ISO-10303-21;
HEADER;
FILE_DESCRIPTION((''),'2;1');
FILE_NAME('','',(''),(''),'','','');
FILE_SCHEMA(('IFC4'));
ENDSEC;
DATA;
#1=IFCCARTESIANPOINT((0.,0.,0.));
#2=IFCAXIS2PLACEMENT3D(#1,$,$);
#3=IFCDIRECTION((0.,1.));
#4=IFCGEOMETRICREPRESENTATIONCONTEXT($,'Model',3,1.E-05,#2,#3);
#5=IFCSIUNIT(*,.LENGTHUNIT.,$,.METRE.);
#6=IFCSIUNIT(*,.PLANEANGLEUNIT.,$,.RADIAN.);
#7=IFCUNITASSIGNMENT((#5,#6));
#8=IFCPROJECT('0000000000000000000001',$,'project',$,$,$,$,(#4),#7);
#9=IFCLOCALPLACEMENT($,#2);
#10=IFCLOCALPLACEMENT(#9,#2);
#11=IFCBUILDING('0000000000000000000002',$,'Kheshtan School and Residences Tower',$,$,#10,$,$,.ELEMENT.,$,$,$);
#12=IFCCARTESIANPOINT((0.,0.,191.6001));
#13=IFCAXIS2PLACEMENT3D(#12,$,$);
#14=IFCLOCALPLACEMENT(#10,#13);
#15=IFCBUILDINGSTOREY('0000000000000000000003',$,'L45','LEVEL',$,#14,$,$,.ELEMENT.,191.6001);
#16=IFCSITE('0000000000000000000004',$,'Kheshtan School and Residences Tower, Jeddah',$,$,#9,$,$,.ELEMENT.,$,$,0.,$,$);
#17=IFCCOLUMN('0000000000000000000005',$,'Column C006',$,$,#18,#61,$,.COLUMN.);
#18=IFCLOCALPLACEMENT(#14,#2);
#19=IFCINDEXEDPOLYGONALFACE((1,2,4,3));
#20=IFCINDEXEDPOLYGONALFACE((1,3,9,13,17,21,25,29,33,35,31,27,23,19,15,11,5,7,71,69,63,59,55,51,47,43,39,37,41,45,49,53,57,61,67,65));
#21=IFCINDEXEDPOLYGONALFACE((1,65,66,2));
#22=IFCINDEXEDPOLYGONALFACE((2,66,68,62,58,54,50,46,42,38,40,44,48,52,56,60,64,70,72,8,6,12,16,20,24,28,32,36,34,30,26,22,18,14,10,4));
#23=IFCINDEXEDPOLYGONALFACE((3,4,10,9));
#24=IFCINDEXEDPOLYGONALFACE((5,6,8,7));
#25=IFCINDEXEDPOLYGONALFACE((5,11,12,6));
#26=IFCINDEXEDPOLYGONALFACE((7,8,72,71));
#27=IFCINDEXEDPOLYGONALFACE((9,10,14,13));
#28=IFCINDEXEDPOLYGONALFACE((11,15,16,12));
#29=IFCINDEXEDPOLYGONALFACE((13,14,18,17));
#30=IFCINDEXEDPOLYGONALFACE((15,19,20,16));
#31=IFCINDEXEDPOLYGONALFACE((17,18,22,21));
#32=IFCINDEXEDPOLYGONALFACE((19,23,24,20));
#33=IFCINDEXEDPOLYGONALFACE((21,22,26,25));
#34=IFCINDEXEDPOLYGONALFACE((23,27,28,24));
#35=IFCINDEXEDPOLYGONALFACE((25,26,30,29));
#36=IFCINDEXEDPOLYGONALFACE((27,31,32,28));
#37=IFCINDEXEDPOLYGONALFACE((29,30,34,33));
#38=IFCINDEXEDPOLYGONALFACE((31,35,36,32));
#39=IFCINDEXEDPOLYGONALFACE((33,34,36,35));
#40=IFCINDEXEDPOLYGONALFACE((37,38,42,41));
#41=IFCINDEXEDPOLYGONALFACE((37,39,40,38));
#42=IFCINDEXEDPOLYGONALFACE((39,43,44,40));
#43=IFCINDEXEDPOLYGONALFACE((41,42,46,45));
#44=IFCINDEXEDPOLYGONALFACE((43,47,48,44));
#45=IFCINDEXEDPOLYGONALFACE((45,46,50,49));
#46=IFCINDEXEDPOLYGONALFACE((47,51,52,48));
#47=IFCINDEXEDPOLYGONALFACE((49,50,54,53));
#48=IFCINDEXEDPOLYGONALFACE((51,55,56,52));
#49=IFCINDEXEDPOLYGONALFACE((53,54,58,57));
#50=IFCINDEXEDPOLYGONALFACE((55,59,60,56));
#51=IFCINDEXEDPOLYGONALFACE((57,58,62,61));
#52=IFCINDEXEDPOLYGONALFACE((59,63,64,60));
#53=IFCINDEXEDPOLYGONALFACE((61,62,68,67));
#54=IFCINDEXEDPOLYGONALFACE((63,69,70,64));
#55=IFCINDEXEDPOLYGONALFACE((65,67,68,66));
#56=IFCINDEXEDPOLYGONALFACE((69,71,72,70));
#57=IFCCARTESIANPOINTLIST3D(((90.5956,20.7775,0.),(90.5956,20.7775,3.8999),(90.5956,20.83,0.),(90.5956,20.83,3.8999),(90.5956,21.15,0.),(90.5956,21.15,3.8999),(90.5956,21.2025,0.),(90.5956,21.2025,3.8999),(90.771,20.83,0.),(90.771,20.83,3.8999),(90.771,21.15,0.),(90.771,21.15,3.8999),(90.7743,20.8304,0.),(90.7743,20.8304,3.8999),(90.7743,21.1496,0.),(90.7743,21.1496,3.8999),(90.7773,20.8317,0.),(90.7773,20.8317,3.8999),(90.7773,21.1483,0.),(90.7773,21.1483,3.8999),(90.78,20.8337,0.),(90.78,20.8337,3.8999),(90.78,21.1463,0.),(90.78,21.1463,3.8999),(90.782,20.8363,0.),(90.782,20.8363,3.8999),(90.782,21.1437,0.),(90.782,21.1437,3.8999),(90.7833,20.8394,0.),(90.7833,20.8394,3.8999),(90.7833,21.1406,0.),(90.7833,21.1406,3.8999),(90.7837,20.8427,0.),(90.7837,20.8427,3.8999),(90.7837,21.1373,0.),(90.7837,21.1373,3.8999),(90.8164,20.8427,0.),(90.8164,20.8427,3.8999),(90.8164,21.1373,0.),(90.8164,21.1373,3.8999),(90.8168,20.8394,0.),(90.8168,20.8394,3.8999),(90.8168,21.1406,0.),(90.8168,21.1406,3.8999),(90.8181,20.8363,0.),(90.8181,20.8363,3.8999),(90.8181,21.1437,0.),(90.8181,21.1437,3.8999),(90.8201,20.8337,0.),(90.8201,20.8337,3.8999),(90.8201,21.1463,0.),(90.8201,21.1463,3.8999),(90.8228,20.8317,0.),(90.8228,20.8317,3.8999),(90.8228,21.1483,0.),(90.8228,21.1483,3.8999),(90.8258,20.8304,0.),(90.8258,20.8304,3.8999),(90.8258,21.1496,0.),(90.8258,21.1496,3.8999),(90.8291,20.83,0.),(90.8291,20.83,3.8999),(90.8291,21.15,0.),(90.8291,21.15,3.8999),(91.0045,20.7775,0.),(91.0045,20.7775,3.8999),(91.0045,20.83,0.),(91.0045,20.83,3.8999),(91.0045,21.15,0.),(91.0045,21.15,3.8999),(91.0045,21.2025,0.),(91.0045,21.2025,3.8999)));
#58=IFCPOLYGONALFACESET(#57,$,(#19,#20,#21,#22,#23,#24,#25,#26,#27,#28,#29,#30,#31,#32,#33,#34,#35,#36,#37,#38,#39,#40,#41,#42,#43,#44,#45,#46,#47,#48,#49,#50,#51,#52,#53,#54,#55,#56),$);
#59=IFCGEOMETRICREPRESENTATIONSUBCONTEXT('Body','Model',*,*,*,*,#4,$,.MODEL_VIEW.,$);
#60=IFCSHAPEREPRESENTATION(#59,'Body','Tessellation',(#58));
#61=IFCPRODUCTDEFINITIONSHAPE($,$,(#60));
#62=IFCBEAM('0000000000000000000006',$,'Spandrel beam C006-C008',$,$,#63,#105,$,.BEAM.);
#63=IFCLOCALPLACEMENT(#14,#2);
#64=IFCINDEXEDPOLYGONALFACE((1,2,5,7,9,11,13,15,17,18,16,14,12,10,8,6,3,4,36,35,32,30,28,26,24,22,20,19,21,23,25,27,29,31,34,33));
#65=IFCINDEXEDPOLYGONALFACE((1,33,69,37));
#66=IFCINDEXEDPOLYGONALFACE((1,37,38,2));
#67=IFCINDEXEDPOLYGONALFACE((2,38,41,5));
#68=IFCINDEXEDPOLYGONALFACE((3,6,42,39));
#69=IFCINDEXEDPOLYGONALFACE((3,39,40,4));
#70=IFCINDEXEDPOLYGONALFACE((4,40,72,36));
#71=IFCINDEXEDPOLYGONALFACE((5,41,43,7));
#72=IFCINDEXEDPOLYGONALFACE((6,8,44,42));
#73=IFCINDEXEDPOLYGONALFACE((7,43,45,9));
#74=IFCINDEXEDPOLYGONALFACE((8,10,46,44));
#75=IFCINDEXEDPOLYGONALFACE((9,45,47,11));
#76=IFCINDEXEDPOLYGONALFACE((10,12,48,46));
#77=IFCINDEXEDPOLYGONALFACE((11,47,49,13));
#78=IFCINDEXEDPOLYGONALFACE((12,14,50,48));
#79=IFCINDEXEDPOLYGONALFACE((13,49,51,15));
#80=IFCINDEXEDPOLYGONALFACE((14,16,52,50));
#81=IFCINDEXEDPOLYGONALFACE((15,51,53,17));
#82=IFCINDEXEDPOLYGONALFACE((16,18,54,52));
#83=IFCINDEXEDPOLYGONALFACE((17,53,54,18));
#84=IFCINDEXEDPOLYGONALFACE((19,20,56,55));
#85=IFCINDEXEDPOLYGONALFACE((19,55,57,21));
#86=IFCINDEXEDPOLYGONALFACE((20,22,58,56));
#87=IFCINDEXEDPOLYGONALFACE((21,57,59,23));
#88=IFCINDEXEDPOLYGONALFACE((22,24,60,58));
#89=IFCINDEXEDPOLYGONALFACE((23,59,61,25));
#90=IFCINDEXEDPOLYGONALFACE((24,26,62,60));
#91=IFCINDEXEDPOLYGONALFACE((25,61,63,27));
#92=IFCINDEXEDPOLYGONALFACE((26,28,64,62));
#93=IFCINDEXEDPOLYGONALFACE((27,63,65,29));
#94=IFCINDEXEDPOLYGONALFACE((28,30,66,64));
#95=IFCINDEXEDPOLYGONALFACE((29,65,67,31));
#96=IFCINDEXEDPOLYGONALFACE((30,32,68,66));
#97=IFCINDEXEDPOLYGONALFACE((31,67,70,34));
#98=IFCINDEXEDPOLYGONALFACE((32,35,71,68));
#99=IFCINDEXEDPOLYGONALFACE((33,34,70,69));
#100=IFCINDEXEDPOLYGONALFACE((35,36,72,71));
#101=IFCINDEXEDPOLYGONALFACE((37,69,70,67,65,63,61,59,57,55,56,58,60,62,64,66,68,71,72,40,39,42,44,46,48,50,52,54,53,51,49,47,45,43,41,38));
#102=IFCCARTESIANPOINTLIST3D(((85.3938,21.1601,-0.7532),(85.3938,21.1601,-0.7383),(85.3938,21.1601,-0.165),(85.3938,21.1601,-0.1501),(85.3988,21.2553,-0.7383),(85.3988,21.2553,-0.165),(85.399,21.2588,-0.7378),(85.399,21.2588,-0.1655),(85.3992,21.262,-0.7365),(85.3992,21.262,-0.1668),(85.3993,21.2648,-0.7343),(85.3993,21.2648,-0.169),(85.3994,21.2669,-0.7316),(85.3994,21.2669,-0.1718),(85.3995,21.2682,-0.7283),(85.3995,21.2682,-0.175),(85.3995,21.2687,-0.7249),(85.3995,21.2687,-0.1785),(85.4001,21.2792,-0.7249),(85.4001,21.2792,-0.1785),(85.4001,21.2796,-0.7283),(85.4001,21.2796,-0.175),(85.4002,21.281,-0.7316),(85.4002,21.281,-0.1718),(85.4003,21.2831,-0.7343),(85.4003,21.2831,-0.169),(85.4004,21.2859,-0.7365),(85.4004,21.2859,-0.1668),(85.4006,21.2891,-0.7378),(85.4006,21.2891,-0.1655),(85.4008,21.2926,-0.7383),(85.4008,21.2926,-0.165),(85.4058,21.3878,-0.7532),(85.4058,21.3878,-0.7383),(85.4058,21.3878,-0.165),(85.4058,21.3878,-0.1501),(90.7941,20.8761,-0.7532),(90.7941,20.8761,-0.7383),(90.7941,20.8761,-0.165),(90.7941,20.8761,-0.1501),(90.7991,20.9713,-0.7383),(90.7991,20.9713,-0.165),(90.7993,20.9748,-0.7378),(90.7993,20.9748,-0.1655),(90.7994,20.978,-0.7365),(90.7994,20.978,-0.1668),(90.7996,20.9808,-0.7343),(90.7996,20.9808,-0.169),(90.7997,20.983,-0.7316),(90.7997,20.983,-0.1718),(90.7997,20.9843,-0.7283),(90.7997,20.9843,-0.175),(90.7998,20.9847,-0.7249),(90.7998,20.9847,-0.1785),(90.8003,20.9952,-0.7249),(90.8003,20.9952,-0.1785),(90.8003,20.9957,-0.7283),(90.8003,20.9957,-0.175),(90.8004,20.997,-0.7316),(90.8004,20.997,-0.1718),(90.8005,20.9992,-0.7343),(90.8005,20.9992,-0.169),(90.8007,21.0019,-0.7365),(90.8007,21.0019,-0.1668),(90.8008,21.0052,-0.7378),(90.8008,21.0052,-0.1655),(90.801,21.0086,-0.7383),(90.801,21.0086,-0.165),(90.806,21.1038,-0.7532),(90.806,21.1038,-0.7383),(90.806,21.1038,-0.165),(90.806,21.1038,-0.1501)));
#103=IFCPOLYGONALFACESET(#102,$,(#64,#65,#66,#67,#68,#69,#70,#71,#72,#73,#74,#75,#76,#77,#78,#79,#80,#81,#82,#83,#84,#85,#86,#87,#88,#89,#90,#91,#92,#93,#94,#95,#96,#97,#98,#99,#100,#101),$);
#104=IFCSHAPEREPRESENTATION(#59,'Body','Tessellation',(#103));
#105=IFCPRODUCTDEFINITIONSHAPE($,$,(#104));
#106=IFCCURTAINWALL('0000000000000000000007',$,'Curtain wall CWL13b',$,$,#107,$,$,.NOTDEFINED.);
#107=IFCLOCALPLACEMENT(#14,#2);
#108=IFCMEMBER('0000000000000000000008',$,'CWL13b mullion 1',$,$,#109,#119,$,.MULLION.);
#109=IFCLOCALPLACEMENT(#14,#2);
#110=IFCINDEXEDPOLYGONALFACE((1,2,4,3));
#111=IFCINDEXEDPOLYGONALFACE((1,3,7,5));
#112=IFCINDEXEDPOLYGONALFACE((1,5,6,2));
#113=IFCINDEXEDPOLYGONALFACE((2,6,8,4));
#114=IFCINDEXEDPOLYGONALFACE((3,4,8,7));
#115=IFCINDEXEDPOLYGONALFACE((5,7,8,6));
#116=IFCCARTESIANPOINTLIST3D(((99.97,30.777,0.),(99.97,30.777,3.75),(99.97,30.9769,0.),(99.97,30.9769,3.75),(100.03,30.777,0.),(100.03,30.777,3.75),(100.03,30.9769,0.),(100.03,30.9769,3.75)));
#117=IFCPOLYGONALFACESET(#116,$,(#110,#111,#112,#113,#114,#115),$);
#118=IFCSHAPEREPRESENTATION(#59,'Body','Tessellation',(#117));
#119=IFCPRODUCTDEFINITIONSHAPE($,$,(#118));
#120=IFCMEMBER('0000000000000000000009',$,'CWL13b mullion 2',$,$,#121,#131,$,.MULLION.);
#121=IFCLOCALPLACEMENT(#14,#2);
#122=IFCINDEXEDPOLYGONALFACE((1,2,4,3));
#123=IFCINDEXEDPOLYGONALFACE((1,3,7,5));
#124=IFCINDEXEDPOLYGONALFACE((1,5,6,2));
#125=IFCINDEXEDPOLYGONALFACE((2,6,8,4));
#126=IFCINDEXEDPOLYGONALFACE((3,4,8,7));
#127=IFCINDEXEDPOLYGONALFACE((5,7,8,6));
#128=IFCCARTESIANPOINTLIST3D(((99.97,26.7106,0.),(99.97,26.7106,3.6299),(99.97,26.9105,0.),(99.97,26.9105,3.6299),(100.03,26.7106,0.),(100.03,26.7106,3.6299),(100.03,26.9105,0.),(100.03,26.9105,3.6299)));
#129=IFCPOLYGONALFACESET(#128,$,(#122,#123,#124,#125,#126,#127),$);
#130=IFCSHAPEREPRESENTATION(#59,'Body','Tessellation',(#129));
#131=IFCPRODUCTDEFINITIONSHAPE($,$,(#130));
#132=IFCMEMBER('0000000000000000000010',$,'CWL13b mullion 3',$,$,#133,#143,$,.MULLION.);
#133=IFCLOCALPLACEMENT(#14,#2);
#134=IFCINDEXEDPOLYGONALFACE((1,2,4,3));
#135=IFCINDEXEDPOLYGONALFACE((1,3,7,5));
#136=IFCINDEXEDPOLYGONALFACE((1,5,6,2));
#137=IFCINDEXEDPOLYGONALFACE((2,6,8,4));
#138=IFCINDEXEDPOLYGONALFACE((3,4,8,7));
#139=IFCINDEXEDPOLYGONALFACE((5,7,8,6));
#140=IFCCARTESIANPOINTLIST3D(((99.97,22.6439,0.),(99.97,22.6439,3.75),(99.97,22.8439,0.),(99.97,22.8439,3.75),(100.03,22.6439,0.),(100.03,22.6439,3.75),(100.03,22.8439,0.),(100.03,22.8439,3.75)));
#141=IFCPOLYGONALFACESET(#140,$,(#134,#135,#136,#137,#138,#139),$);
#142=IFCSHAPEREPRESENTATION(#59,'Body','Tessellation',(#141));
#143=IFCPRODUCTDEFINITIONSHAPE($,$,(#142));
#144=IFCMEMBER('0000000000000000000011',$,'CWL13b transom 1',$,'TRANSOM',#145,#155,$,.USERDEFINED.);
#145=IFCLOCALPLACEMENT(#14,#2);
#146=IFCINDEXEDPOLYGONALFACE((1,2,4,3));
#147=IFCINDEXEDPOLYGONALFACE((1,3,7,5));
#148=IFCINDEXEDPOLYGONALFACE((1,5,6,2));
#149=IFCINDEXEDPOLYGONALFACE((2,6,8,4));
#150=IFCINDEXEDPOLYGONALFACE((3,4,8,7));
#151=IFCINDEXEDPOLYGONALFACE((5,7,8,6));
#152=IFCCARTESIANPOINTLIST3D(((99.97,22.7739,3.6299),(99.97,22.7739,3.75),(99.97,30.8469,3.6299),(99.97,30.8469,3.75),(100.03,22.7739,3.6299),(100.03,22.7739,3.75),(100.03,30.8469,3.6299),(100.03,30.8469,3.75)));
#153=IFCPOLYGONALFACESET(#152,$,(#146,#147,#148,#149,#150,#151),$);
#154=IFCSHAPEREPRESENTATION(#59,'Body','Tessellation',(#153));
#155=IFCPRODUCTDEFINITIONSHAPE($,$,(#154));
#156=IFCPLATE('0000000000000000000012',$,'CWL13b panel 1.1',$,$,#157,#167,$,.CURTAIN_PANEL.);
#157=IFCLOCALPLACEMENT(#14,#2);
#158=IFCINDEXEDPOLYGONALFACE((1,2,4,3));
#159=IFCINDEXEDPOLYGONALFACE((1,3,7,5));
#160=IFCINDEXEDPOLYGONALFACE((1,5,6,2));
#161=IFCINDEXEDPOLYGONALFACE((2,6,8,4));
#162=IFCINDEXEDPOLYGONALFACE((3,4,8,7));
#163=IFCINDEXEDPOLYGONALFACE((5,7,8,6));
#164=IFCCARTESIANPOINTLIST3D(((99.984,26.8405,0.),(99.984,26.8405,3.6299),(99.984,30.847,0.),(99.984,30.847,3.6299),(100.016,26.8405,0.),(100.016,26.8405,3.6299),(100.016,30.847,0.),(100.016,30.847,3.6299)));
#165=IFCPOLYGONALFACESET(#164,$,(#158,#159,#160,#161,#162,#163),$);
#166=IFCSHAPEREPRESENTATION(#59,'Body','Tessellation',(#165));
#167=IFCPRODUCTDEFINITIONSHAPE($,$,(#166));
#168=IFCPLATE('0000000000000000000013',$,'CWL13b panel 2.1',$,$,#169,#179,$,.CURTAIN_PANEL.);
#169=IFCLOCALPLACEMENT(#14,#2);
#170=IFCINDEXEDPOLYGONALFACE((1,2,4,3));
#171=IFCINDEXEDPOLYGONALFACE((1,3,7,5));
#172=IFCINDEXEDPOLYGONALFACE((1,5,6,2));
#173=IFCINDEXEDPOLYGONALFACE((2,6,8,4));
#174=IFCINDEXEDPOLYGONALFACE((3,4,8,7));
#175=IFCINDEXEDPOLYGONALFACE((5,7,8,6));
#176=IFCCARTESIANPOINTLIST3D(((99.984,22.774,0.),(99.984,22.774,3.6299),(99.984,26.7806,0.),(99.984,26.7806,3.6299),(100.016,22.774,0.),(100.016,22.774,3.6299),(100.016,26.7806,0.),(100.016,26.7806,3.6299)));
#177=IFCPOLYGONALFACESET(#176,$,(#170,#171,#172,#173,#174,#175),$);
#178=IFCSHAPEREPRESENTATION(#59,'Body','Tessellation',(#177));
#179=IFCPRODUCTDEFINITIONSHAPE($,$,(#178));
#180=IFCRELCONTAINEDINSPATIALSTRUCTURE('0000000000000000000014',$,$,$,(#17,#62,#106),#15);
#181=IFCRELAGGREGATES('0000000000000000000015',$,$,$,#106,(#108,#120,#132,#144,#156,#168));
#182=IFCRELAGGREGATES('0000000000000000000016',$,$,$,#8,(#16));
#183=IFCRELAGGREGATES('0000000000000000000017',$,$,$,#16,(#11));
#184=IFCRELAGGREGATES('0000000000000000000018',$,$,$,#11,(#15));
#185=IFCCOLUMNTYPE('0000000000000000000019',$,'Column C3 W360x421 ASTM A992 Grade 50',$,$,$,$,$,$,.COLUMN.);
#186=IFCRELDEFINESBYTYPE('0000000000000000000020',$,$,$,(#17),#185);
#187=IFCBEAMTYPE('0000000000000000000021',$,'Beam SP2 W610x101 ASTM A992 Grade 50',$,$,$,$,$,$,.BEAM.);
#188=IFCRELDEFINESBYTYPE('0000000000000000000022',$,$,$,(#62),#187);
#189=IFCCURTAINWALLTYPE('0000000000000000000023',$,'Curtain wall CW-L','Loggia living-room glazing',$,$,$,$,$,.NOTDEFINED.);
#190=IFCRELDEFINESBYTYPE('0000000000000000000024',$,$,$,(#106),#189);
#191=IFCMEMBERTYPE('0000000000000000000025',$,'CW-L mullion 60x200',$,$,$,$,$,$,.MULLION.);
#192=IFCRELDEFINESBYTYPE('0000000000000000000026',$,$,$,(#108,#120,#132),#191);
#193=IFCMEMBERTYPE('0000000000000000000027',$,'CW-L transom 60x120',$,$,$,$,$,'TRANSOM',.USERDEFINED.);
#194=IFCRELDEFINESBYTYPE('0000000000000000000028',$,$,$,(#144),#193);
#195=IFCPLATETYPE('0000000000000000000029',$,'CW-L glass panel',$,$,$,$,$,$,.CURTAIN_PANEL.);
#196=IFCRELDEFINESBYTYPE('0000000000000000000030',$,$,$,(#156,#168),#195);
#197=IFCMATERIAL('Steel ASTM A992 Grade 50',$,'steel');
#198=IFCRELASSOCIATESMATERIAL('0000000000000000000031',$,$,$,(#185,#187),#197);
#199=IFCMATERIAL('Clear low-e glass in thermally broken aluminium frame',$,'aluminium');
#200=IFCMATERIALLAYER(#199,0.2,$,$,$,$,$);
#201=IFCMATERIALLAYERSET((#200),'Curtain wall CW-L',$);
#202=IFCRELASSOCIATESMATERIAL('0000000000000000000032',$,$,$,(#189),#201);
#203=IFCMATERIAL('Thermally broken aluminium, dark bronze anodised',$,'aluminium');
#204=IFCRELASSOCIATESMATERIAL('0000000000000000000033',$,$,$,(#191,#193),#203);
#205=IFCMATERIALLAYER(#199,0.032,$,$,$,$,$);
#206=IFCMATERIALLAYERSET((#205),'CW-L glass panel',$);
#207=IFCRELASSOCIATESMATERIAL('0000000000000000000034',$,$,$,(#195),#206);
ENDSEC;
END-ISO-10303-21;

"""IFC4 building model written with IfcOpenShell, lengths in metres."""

from ifc_helpers import new_model, si_unit, direction, frame, origin, origin_2d, place, context, subcontext, project, spatial, rectangle, i_section, extrude, material, layer, layer_set, material_profile, profile_set, type_object, element, aggregate, save


model = new_model("IFC4")

# Units and contexts
model_context = context("Model", 3, precision=1e-05, world=origin(), true_north=direction((0.0, 1.0)))
body_context = subcontext(model_context, "Body", "Model", "MODEL_VIEW")
ifc_project = project(units=[si_unit("LENGTHUNIT", "METRE"), si_unit("PLANEANGLEUNIT", "RADIAN")], contexts=[model_context])

# Site, building, storey
site_placement = place(None, origin())
site = spatial("IfcSite", under=ifc_project, at=site_placement, Name="Kheshtan School and Residences Tower, Jeddah", CompositionType="ELEMENT", RefElevation=0.0)
building_placement = place(site_placement, origin())
building = spatial("IfcBuilding", under=site, at=building_placement, Name="Kheshtan School and Residences Tower", CompositionType="ELEMENT")
storey_placement = place(building_placement, frame((0.0, 0.0, 191.6001)))
storey = spatial("IfcBuildingStorey", under=building, at=storey_placement, Name="L45", Description="LEVEL", CompositionType="ELEMENT", Elevation=191.6001)

# Column
ifc_material_1 = material(Name="Steel ASTM A992 Grade 50", Category="steel")
ifc_material_profile_1 = material_profile(ifc_material_1, i_section(OverallWidth=0.4089, OverallDepth=0.425, WebThickness=0.0327, FlangeThickness=0.0525, FilletRadius=0.0127, at=origin_2d()), Name="W360x421")
ifc_profile_set_1 = profile_set([ifc_material_profile_1], Name="Steel ASTM A992 Grade 50")
column_type = type_object("IfcColumnType", Name="Column C3 W360x421 ASTM A992 Grade 50", PredefinedType="COLUMN", material=ifc_profile_set_1)
column_placement = place(storey_placement, frame((90.8, 20.99, 0.0), z_axis=(0.0, 0.0, 1.0), x_axis=(1.0, 0.0, 0.0)))
element("IfcColumn", 1, at=column_placement, inside=storey, type_object=column_type, Name="Column C006", PredefinedType="COLUMN", context=body_context, shape_type="SweptSolid", body=[
    extrude(i_section(OverallWidth=0.4089, OverallDepth=0.425, WebThickness=0.0327, FlangeThickness=0.0525, FilletRadius=0.0127, at=origin_2d()), origin(), (0.0, 0.0, 1.0), 3.8999),
])

# Beam
ifc_material_profile_2 = material_profile(ifc_material_1, i_section(OverallWidth=0.228, OverallDepth=0.603, WebThickness=0.0105, FlangeThickness=0.0149, FilletRadius=0.0134, at=origin_2d()), Name="W610x101")
ifc_profile_set_2 = profile_set([ifc_material_profile_2], Name="Steel ASTM A992 Grade 50")
beam_type = type_object("IfcBeamType", Name="Beam SP2 W610x101 ASTM A992 Grade 50", PredefinedType="BEAM", material=ifc_profile_set_2)
beam_placement = place(storey_placement, frame((90.8, 20.99, -0.4517), z_axis=(-0.998621, 0.052507, 0.0), x_axis=(-0.052507, -0.998621, 0.0)))
element("IfcBeam", 2, at=beam_placement, inside=storey, type_object=beam_type, Name="Spandrel beam C006-C008", PredefinedType="BEAM", context=body_context, shape_type="SweptSolid", body=[
    extrude(i_section(OverallWidth=0.228, OverallDepth=0.603, WebThickness=0.0105, FlangeThickness=0.0149, FilletRadius=0.0134, at=origin_2d()), origin(), (0.0, 0.0, 1.0), 5.4077),
])

# Curtain wall, members, plates
ifc_material_2 = material(Name="Clear low-e glass in thermally broken aluminium frame", Category="aluminium")
ifc_layer_1 = layer(ifc_material_2, 0.2)
ifc_layer_set_1 = layer_set([ifc_layer_1], Name="Curtain wall CW-L")
curtain_wall_type = type_object("IfcCurtainWallType", Name="Curtain wall CW-L", Description="Loggia living-room glazing", PredefinedType="NOTDEFINED", material=ifc_layer_set_1)
curtain_wall_placement = place(storey_placement, origin())
curtain_wall = element("IfcCurtainWall", 3, at=curtain_wall_placement, inside=storey, type_object=curtain_wall_type, Name="Curtain wall CWL13b", PredefinedType="NOTDEFINED")
ifc_material_3 = material(Name="Thermally broken aluminium, dark bronze anodised", Category="aluminium")
ifc_material_profile_3 = material_profile(ifc_material_3, rectangle(XDim=0.0601, YDim=0.2, at=origin_2d()), Name="CW-L mullion 60x200")
ifc_profile_set_3 = profile_set([ifc_material_profile_3], Name="Thermally broken aluminium, dark bronze anodised")
member_type_1 = type_object("IfcMemberType", Name="CW-L mullion 60x200", PredefinedType="MULLION", material=ifc_profile_set_3)
member_1_placement = place(storey_placement, frame((100.0, 30.877, 0.0), z_axis=(0.0, 0.0, 1.0), x_axis=(1.0, 0.0, 0.0)))
member_1 = element("IfcMember", 4, at=member_1_placement, type_object=member_type_1, Name="CWL13b mullion 1", PredefinedType="MULLION", context=body_context, shape_type="SweptSolid", body=[
    extrude(rectangle(XDim=0.0601, YDim=0.2, at=origin_2d()), origin(), (0.0, 0.0, 1.0), 3.75),
])
member_2_placement = place(storey_placement, frame((100.0, 26.8105, 0.0), z_axis=(0.0, 0.0, 1.0), x_axis=(1.0, 0.0, 0.0)))
member_2 = element("IfcMember", 5, at=member_2_placement, type_object=member_type_1, Name="CWL13b mullion 2", PredefinedType="MULLION", context=body_context, shape_type="SweptSolid", body=[
    extrude(rectangle(XDim=0.0601, YDim=0.2, at=origin_2d()), origin(), (0.0, 0.0, 1.0), 3.6299),
])
member_3_placement = place(storey_placement, frame((100.0, 22.7439, 0.0), z_axis=(0.0, 0.0, 1.0), x_axis=(1.0, 0.0, 0.0)))
member_3 = element("IfcMember", 6, at=member_3_placement, type_object=member_type_1, Name="CWL13b mullion 3", PredefinedType="MULLION", context=body_context, shape_type="SweptSolid", body=[
    extrude(rectangle(XDim=0.0601, YDim=0.2, at=origin_2d()), origin(), (0.0, 0.0, 1.0), 3.75),
])
ifc_material_profile_4 = material_profile(ifc_material_3, rectangle(XDim=0.0601, YDim=0.1201, at=origin_2d()), Name="CW-L transom 60x120")
ifc_profile_set_4 = profile_set([ifc_material_profile_4], Name="Thermally broken aluminium, dark bronze anodised")
member_type_2 = type_object("IfcMemberType", Name="CW-L transom 60x120", ElementType="TRANSOM", PredefinedType="USERDEFINED", material=ifc_profile_set_4)
member_4_placement = place(storey_placement, frame((100.0, 30.8469, 3.6899), z_axis=(0.0, -1.0, 0.0), x_axis=(1.0, 0.0, 0.0)))
member_4 = element("IfcMember", 7, at=member_4_placement, type_object=member_type_2, Name="CWL13b transom 1", ObjectType="TRANSOM", PredefinedType="USERDEFINED", context=body_context, shape_type="SweptSolid", body=[
    extrude(rectangle(XDim=0.0601, YDim=0.1201, at=origin_2d()), origin(), (0.0, 0.0, 1.0), 8.073),
])
ifc_layer_2 = layer(ifc_material_2, 0.032)
ifc_layer_set_2 = layer_set([ifc_layer_2], Name="CW-L glass panel")
plate_type = type_object("IfcPlateType", Name="CW-L glass panel", PredefinedType="CURTAIN_PANEL", material=ifc_layer_set_2)
plate_1_placement = place(storey_placement, frame((100.0, 28.8438, 0.0), z_axis=(0.0, 0.0, 1.0), x_axis=(0.0, -1.0, 0.0)))
plate_1 = element("IfcPlate", 8, at=plate_1_placement, type_object=plate_type, Name="CWL13b panel 1.1", PredefinedType="CURTAIN_PANEL", context=body_context, shape_type="SweptSolid", body=[
    extrude(rectangle(XDim=4.0066, YDim=0.032, at=origin_2d()), origin(), (0.0, 0.0, 1.0), 3.6299),
])
plate_2_placement = place(storey_placement, frame((100.0, 24.7773, 0.0), z_axis=(0.0, 0.0, 1.0), x_axis=(0.0, -1.0, 0.0)))
plate_2 = element("IfcPlate", 9, at=plate_2_placement, type_object=plate_type, Name="CWL13b panel 2.1", PredefinedType="CURTAIN_PANEL", context=body_context, shape_type="SweptSolid", body=[
    extrude(rectangle(XDim=4.0066, YDim=0.032, at=origin_2d()), origin(), (0.0, 0.0, 1.0), 3.6299),
])
aggregate(curtain_wall, [member_1, member_2, member_3, member_4, plate_1, plate_2])

save(model, "model.ifc")
